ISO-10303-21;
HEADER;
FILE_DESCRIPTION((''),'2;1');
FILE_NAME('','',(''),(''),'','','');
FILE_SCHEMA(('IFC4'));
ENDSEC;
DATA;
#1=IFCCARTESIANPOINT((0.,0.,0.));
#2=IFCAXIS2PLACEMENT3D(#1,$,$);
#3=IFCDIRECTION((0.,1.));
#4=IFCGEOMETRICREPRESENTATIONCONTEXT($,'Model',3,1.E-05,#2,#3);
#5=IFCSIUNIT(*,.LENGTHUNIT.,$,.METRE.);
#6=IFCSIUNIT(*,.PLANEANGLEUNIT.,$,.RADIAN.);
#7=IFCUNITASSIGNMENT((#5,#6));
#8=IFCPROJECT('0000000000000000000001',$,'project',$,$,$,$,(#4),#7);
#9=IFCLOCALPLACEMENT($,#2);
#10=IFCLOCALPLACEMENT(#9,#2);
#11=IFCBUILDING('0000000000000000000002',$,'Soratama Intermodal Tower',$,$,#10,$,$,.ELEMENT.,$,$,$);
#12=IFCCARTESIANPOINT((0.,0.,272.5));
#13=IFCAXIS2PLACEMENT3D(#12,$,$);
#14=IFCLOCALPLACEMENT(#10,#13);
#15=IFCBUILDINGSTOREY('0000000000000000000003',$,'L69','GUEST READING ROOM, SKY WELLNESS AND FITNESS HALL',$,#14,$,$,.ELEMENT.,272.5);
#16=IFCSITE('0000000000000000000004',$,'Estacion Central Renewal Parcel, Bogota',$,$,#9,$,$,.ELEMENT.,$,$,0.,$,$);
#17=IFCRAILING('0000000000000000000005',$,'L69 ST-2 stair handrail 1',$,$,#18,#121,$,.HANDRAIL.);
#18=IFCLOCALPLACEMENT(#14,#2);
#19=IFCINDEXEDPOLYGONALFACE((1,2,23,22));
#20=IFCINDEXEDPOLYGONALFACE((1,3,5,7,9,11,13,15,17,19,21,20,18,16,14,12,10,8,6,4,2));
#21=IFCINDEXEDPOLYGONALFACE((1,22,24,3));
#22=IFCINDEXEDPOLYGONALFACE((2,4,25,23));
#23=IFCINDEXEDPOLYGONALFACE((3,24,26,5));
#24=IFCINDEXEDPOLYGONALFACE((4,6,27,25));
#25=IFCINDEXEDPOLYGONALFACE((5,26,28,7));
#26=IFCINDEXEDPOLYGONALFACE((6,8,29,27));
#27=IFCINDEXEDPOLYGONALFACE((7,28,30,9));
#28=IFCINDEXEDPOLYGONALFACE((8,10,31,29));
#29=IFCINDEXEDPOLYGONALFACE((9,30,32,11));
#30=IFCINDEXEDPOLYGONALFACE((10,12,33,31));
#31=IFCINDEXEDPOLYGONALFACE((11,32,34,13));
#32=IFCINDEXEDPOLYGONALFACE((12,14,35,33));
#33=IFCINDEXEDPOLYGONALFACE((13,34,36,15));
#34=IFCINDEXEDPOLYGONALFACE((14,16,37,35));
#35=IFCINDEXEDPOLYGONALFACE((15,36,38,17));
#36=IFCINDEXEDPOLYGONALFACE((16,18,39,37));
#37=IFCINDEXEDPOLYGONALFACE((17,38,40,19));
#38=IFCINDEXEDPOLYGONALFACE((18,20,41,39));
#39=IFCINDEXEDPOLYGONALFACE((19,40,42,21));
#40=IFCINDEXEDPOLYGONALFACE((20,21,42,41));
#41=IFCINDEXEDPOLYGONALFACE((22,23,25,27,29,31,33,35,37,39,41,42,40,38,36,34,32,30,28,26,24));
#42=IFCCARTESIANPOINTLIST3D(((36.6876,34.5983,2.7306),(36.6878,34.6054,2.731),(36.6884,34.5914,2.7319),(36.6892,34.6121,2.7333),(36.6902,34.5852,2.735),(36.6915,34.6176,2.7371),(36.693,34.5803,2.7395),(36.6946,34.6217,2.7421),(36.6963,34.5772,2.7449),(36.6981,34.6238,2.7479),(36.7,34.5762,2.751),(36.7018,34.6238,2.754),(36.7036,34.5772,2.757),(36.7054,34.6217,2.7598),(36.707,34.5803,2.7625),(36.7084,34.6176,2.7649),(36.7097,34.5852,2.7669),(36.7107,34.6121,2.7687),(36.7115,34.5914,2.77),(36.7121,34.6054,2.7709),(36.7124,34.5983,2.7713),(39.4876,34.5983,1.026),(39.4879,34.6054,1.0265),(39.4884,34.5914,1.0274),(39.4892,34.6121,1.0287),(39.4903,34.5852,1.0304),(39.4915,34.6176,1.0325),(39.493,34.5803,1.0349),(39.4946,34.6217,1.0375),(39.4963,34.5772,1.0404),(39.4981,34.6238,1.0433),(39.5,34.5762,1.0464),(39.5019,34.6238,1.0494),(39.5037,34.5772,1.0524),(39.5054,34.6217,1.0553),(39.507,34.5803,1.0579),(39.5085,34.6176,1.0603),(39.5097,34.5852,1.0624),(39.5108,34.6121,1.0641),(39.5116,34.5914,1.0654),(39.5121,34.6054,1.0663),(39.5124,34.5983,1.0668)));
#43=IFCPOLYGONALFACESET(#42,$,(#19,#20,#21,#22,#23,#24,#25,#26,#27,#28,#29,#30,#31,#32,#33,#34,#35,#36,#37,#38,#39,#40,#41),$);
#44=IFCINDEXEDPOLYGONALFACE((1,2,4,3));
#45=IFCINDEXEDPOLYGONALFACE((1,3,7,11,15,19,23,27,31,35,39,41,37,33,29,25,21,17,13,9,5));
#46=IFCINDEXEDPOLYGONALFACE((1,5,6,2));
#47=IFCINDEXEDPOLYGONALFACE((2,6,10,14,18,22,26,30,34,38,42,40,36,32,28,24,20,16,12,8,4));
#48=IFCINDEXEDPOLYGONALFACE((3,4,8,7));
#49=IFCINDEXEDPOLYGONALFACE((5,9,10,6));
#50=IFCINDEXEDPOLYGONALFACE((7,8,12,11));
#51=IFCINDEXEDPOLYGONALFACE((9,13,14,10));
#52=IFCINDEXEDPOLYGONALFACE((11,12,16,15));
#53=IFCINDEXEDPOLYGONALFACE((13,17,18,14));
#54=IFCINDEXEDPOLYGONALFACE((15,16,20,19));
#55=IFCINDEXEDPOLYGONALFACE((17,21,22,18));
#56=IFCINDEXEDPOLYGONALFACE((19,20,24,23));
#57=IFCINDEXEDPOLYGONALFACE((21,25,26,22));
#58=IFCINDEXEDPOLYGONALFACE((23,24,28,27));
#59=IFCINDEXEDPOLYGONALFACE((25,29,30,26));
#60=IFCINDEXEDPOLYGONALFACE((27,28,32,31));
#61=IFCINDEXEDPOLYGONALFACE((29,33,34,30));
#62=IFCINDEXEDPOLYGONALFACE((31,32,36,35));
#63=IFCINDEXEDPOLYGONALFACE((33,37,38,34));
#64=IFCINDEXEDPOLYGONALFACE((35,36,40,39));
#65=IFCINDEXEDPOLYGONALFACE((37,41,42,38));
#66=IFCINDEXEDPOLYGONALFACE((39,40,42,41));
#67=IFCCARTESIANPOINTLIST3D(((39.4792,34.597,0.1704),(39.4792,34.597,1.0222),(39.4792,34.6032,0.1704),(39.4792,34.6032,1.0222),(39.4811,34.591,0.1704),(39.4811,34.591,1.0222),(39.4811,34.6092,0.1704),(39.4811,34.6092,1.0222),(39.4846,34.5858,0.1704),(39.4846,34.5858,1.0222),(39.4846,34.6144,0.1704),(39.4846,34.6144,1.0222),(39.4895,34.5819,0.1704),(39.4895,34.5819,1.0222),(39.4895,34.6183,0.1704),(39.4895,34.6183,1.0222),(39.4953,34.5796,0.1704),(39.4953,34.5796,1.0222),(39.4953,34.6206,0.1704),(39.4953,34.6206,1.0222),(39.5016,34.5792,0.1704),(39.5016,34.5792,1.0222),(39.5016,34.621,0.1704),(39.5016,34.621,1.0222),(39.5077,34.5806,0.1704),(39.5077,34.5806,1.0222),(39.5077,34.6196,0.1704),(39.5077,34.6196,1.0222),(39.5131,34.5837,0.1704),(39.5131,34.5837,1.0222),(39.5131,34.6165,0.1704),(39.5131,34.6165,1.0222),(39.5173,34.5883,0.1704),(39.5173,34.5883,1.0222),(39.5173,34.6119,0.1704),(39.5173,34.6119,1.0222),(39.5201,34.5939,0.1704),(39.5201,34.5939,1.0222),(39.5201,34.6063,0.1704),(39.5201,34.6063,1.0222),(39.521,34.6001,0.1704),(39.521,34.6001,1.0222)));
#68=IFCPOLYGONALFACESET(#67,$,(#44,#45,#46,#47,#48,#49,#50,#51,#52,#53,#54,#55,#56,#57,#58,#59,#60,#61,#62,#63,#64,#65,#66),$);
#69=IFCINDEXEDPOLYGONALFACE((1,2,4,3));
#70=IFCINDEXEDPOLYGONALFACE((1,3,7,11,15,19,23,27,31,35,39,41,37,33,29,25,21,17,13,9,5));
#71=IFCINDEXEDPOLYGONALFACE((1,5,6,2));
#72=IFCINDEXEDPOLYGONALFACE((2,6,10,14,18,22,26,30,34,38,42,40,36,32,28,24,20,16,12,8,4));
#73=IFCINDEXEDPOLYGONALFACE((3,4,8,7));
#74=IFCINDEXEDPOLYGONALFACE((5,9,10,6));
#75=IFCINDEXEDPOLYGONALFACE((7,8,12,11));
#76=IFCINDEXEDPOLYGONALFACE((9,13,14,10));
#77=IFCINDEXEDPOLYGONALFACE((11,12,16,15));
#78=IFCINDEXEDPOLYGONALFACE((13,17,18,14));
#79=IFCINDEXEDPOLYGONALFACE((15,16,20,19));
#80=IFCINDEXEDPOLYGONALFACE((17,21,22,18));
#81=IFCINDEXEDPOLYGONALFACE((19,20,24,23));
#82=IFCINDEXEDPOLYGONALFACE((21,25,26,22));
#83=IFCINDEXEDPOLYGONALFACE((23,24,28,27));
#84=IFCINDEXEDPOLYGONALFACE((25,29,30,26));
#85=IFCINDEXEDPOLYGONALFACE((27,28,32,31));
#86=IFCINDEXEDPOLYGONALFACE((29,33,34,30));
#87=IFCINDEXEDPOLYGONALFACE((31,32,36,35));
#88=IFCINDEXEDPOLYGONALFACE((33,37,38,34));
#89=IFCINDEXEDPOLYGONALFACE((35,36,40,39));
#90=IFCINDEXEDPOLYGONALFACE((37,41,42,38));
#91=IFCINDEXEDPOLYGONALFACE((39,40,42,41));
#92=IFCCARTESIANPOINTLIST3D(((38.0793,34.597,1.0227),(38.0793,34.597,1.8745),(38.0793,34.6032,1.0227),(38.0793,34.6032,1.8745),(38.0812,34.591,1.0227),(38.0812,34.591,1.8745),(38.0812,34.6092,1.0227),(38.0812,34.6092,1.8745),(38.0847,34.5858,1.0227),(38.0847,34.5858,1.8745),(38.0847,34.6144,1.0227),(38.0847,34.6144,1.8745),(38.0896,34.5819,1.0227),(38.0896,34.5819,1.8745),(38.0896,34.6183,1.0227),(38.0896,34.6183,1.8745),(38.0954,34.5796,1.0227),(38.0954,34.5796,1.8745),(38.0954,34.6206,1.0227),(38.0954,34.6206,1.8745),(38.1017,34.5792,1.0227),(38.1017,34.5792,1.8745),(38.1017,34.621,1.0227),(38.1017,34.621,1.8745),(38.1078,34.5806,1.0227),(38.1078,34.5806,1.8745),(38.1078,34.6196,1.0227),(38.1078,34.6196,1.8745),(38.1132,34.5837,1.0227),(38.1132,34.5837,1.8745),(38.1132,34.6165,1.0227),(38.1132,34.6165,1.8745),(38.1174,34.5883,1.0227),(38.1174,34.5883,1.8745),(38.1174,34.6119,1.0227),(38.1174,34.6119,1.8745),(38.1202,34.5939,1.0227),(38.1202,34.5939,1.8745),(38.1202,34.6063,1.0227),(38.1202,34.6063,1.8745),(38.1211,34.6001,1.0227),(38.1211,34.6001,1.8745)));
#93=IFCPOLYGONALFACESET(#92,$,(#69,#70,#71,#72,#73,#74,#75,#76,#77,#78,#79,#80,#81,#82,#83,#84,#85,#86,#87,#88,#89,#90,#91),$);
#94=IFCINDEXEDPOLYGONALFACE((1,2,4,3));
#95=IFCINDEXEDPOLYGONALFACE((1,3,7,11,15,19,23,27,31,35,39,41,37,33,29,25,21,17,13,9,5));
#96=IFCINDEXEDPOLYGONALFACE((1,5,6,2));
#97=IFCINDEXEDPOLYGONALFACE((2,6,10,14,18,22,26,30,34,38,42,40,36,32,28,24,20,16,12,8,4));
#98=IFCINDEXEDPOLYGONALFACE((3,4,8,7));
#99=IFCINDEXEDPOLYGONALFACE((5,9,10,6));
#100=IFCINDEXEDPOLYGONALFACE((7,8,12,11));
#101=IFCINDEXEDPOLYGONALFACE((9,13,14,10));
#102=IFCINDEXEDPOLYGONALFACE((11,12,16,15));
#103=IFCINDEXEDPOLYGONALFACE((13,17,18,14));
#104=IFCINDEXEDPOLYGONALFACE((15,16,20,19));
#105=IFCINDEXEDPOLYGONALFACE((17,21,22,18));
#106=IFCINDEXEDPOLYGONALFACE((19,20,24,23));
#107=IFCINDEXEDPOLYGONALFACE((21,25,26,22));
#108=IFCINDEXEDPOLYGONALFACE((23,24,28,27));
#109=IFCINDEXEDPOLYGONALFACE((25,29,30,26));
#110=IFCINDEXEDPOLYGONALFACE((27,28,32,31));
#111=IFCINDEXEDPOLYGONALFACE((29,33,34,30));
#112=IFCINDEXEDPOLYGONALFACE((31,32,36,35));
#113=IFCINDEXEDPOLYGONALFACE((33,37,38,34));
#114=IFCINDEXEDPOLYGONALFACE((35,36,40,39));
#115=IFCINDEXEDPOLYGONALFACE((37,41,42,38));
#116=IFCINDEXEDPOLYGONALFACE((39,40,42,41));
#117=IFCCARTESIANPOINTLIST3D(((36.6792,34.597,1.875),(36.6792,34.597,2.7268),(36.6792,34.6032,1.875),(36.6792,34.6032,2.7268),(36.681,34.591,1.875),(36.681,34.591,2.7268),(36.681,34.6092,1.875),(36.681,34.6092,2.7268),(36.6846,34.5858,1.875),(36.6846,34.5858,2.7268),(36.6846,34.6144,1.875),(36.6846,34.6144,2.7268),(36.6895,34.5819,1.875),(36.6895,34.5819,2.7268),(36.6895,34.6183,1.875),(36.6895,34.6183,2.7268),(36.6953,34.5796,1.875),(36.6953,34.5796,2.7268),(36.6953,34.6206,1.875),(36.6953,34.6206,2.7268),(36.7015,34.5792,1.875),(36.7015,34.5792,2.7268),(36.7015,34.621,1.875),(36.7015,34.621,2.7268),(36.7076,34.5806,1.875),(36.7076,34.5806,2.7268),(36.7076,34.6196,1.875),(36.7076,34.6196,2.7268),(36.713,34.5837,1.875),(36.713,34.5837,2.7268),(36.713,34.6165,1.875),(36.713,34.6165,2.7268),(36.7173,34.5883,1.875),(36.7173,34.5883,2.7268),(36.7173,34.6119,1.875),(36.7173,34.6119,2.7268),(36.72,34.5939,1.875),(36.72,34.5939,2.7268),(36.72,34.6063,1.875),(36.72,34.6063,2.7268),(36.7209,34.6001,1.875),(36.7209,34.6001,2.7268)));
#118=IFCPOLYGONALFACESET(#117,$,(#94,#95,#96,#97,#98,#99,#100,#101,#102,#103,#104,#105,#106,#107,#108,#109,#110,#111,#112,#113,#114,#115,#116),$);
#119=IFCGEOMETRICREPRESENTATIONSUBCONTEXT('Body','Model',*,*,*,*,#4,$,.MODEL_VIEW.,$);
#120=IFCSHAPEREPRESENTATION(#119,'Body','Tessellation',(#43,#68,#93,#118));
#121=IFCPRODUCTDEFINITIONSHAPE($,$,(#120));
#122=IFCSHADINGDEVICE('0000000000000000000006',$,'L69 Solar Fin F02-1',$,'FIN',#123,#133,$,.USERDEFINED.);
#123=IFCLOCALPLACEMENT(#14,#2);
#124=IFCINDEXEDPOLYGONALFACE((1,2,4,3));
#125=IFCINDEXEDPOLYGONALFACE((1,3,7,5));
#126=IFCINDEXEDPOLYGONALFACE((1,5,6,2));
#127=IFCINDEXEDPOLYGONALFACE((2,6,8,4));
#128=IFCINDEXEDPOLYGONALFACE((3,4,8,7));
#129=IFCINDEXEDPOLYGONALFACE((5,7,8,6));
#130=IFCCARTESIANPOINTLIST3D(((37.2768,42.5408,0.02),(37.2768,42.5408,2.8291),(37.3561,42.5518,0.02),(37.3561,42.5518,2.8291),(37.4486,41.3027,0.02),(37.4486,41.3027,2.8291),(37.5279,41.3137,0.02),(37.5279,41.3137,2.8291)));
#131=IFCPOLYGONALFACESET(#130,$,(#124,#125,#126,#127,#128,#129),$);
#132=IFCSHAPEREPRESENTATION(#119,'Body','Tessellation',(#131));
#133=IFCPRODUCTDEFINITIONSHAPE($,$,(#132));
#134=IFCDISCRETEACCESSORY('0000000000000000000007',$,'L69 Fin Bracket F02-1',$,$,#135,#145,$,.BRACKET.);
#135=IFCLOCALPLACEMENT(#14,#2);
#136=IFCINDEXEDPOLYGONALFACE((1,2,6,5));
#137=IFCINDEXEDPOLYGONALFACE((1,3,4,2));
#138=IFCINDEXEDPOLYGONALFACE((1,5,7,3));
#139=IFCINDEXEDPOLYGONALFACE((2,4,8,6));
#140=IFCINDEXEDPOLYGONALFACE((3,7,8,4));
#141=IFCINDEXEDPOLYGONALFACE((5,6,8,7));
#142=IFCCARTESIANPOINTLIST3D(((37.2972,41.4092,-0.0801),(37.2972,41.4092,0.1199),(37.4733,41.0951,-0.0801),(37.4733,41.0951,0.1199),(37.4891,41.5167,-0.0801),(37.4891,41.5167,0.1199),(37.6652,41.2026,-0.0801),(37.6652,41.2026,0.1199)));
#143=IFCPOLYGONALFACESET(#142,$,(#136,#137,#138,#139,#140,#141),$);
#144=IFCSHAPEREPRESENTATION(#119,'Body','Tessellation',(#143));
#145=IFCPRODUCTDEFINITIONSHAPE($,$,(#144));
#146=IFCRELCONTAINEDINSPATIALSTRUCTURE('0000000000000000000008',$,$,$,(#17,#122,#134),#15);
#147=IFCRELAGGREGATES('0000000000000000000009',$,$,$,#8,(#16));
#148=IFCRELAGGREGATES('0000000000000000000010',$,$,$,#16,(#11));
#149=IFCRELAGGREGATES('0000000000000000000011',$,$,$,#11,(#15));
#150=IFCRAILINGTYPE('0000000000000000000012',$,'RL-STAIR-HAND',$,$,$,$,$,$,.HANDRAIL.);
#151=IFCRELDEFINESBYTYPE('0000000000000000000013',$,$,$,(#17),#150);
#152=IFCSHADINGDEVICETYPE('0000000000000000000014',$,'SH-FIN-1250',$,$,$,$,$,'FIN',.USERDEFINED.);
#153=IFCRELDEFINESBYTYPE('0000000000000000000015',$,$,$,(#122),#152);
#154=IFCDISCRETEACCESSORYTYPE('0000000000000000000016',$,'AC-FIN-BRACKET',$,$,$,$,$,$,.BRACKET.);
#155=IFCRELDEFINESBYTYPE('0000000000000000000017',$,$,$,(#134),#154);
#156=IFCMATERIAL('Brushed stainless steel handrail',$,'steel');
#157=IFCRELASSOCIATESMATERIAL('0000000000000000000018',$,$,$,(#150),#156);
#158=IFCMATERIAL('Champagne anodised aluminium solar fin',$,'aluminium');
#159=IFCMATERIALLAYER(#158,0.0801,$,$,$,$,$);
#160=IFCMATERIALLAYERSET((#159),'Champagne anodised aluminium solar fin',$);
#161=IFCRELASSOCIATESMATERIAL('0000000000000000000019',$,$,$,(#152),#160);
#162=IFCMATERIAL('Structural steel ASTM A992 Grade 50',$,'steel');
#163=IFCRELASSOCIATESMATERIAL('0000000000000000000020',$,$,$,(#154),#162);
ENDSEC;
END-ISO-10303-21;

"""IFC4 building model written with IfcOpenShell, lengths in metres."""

from ifc_helpers import new_model, si_unit, direction, frame, origin, origin_2d, place, context, subcontext, project, spatial, rectangle, circle, extrude, material, layer, layer_set, type_object, element, save


model = new_model("IFC4")

# Units and contexts
model_context = context("Model", 3, precision=1e-05, world=origin(), true_north=direction((0.0, 1.0)))
body_context = subcontext(model_context, "Body", "Model", "MODEL_VIEW")
ifc_project = project(units=[si_unit("LENGTHUNIT", "METRE"), si_unit("PLANEANGLEUNIT", "RADIAN")], contexts=[model_context])

# Site, building, storey
site_placement = place(None, origin())
site = spatial("IfcSite", under=ifc_project, at=site_placement, Name="Estacion Central Renewal Parcel, Bogota", CompositionType="ELEMENT", RefElevation=0.0)
building_placement = place(site_placement, origin())
building = spatial("IfcBuilding", under=site, at=building_placement, Name="Soratama Intermodal Tower", CompositionType="ELEMENT")
storey_placement = place(building_placement, frame((0.0, 0.0, 272.5)))
storey = spatial("IfcBuildingStorey", under=building, at=storey_placement, Name="L69", Description="GUEST READING ROOM, SKY WELLNESS AND FITNESS HALL", CompositionType="ELEMENT", Elevation=272.5)

# Railing
ifc_material_1 = material(Name="Brushed stainless steel handrail", Category="steel")
railing_type_1 = type_object("IfcRailingType", Name="RL-STAIR-HAND", PredefinedType="HANDRAIL", material=ifc_material_1)
railing_1_placement = place(storey_placement, frame((39.5, 34.6001, 0.1704)))
element("IfcRailing", 1, at=railing_1_placement, inside=storey, type_object=railing_type_1, Name="L69 ST-2 stair handrail 1", PredefinedType="HANDRAIL", context=body_context, shape_type="SweptSolid", body=[
    extrude(circle(Radius=0.0239, at=origin_2d()), frame((0.0, 0.0, 0.876), z_axis=(-0.85417, 0.0, 0.519994), x_axis=(0.0, -1.0, 0.0)), (0.0, 0.0, 1.0), 3.2781),
    extrude(circle(Radius=0.021, at=origin_2d()), origin(), (0.0, 0.0, 1.0), 0.8518),
    extrude(circle(Radius=0.021, at=origin_2d()), frame((-1.3999, 0.0, 0.8523)), (0.0, 0.0, 1.0), 0.8518),
    extrude(circle(Radius=0.021, at=origin_2d()), frame((-2.8, 0.0, 1.7046)), (0.0, 0.0, 1.0), 0.8518),
])

# Shading device
ifc_material_2 = material(Name="Champagne anodised aluminium solar fin", Category="aluminium")
ifc_layer_1 = layer(ifc_material_2, 0.0801)
ifc_layer_set_1 = layer_set([ifc_layer_1], Name="Champagne anodised aluminium solar fin")
shading_device_type = type_object("IfcShadingDeviceType", Name="SH-FIN-1250", ElementType="FIN", PredefinedType="USERDEFINED", material=ifc_layer_set_1)
shading_device_placement = place(storey_placement, frame((37.4023, 41.9272, 0.02), z_axis=(0.0, 0.0, 1.0), x_axis=(-0.137445, 0.990509, 0.0)))
element("IfcShadingDevice", 2, at=shading_device_placement, inside=storey, type_object=shading_device_type, Name="L69 Solar Fin F02-1", ObjectType="FIN", PredefinedType="USERDEFINED", context=body_context, shape_type="SweptSolid", body=[
    extrude(rectangle(XDim=1.25, YDim=0.0801, at=origin_2d()), origin(), (0.0, 0.0, 1.0), 2.8091),
])

# Discrete accessory
ifc_material_3 = material(Name="Structural steel ASTM A992 Grade 50", Category="steel")
discrete_accessory_type = type_object("IfcDiscreteAccessoryType", Name="AC-FIN-BRACKET", PredefinedType="BRACKET", material=ifc_material_3)
discrete_accessory_placement = place(storey_placement, frame((37.4812, 41.3059, -0.0801), z_axis=(0.0, 0.0, 1.0), x_axis=(-0.489078, 0.87224, 0.0)))
element("IfcDiscreteAccessory", 3, at=discrete_accessory_placement, inside=storey, type_object=discrete_accessory_type, Name="L69 Fin Bracket F02-1", PredefinedType="BRACKET", context=body_context, shape_type="SweptSolid", body=[
    extrude(rectangle(XDim=0.3601, YDim=0.22, at=origin_2d()), origin(), (0.0, 0.0, 1.0), 0.2),
])

save(model, "model.ifc")
